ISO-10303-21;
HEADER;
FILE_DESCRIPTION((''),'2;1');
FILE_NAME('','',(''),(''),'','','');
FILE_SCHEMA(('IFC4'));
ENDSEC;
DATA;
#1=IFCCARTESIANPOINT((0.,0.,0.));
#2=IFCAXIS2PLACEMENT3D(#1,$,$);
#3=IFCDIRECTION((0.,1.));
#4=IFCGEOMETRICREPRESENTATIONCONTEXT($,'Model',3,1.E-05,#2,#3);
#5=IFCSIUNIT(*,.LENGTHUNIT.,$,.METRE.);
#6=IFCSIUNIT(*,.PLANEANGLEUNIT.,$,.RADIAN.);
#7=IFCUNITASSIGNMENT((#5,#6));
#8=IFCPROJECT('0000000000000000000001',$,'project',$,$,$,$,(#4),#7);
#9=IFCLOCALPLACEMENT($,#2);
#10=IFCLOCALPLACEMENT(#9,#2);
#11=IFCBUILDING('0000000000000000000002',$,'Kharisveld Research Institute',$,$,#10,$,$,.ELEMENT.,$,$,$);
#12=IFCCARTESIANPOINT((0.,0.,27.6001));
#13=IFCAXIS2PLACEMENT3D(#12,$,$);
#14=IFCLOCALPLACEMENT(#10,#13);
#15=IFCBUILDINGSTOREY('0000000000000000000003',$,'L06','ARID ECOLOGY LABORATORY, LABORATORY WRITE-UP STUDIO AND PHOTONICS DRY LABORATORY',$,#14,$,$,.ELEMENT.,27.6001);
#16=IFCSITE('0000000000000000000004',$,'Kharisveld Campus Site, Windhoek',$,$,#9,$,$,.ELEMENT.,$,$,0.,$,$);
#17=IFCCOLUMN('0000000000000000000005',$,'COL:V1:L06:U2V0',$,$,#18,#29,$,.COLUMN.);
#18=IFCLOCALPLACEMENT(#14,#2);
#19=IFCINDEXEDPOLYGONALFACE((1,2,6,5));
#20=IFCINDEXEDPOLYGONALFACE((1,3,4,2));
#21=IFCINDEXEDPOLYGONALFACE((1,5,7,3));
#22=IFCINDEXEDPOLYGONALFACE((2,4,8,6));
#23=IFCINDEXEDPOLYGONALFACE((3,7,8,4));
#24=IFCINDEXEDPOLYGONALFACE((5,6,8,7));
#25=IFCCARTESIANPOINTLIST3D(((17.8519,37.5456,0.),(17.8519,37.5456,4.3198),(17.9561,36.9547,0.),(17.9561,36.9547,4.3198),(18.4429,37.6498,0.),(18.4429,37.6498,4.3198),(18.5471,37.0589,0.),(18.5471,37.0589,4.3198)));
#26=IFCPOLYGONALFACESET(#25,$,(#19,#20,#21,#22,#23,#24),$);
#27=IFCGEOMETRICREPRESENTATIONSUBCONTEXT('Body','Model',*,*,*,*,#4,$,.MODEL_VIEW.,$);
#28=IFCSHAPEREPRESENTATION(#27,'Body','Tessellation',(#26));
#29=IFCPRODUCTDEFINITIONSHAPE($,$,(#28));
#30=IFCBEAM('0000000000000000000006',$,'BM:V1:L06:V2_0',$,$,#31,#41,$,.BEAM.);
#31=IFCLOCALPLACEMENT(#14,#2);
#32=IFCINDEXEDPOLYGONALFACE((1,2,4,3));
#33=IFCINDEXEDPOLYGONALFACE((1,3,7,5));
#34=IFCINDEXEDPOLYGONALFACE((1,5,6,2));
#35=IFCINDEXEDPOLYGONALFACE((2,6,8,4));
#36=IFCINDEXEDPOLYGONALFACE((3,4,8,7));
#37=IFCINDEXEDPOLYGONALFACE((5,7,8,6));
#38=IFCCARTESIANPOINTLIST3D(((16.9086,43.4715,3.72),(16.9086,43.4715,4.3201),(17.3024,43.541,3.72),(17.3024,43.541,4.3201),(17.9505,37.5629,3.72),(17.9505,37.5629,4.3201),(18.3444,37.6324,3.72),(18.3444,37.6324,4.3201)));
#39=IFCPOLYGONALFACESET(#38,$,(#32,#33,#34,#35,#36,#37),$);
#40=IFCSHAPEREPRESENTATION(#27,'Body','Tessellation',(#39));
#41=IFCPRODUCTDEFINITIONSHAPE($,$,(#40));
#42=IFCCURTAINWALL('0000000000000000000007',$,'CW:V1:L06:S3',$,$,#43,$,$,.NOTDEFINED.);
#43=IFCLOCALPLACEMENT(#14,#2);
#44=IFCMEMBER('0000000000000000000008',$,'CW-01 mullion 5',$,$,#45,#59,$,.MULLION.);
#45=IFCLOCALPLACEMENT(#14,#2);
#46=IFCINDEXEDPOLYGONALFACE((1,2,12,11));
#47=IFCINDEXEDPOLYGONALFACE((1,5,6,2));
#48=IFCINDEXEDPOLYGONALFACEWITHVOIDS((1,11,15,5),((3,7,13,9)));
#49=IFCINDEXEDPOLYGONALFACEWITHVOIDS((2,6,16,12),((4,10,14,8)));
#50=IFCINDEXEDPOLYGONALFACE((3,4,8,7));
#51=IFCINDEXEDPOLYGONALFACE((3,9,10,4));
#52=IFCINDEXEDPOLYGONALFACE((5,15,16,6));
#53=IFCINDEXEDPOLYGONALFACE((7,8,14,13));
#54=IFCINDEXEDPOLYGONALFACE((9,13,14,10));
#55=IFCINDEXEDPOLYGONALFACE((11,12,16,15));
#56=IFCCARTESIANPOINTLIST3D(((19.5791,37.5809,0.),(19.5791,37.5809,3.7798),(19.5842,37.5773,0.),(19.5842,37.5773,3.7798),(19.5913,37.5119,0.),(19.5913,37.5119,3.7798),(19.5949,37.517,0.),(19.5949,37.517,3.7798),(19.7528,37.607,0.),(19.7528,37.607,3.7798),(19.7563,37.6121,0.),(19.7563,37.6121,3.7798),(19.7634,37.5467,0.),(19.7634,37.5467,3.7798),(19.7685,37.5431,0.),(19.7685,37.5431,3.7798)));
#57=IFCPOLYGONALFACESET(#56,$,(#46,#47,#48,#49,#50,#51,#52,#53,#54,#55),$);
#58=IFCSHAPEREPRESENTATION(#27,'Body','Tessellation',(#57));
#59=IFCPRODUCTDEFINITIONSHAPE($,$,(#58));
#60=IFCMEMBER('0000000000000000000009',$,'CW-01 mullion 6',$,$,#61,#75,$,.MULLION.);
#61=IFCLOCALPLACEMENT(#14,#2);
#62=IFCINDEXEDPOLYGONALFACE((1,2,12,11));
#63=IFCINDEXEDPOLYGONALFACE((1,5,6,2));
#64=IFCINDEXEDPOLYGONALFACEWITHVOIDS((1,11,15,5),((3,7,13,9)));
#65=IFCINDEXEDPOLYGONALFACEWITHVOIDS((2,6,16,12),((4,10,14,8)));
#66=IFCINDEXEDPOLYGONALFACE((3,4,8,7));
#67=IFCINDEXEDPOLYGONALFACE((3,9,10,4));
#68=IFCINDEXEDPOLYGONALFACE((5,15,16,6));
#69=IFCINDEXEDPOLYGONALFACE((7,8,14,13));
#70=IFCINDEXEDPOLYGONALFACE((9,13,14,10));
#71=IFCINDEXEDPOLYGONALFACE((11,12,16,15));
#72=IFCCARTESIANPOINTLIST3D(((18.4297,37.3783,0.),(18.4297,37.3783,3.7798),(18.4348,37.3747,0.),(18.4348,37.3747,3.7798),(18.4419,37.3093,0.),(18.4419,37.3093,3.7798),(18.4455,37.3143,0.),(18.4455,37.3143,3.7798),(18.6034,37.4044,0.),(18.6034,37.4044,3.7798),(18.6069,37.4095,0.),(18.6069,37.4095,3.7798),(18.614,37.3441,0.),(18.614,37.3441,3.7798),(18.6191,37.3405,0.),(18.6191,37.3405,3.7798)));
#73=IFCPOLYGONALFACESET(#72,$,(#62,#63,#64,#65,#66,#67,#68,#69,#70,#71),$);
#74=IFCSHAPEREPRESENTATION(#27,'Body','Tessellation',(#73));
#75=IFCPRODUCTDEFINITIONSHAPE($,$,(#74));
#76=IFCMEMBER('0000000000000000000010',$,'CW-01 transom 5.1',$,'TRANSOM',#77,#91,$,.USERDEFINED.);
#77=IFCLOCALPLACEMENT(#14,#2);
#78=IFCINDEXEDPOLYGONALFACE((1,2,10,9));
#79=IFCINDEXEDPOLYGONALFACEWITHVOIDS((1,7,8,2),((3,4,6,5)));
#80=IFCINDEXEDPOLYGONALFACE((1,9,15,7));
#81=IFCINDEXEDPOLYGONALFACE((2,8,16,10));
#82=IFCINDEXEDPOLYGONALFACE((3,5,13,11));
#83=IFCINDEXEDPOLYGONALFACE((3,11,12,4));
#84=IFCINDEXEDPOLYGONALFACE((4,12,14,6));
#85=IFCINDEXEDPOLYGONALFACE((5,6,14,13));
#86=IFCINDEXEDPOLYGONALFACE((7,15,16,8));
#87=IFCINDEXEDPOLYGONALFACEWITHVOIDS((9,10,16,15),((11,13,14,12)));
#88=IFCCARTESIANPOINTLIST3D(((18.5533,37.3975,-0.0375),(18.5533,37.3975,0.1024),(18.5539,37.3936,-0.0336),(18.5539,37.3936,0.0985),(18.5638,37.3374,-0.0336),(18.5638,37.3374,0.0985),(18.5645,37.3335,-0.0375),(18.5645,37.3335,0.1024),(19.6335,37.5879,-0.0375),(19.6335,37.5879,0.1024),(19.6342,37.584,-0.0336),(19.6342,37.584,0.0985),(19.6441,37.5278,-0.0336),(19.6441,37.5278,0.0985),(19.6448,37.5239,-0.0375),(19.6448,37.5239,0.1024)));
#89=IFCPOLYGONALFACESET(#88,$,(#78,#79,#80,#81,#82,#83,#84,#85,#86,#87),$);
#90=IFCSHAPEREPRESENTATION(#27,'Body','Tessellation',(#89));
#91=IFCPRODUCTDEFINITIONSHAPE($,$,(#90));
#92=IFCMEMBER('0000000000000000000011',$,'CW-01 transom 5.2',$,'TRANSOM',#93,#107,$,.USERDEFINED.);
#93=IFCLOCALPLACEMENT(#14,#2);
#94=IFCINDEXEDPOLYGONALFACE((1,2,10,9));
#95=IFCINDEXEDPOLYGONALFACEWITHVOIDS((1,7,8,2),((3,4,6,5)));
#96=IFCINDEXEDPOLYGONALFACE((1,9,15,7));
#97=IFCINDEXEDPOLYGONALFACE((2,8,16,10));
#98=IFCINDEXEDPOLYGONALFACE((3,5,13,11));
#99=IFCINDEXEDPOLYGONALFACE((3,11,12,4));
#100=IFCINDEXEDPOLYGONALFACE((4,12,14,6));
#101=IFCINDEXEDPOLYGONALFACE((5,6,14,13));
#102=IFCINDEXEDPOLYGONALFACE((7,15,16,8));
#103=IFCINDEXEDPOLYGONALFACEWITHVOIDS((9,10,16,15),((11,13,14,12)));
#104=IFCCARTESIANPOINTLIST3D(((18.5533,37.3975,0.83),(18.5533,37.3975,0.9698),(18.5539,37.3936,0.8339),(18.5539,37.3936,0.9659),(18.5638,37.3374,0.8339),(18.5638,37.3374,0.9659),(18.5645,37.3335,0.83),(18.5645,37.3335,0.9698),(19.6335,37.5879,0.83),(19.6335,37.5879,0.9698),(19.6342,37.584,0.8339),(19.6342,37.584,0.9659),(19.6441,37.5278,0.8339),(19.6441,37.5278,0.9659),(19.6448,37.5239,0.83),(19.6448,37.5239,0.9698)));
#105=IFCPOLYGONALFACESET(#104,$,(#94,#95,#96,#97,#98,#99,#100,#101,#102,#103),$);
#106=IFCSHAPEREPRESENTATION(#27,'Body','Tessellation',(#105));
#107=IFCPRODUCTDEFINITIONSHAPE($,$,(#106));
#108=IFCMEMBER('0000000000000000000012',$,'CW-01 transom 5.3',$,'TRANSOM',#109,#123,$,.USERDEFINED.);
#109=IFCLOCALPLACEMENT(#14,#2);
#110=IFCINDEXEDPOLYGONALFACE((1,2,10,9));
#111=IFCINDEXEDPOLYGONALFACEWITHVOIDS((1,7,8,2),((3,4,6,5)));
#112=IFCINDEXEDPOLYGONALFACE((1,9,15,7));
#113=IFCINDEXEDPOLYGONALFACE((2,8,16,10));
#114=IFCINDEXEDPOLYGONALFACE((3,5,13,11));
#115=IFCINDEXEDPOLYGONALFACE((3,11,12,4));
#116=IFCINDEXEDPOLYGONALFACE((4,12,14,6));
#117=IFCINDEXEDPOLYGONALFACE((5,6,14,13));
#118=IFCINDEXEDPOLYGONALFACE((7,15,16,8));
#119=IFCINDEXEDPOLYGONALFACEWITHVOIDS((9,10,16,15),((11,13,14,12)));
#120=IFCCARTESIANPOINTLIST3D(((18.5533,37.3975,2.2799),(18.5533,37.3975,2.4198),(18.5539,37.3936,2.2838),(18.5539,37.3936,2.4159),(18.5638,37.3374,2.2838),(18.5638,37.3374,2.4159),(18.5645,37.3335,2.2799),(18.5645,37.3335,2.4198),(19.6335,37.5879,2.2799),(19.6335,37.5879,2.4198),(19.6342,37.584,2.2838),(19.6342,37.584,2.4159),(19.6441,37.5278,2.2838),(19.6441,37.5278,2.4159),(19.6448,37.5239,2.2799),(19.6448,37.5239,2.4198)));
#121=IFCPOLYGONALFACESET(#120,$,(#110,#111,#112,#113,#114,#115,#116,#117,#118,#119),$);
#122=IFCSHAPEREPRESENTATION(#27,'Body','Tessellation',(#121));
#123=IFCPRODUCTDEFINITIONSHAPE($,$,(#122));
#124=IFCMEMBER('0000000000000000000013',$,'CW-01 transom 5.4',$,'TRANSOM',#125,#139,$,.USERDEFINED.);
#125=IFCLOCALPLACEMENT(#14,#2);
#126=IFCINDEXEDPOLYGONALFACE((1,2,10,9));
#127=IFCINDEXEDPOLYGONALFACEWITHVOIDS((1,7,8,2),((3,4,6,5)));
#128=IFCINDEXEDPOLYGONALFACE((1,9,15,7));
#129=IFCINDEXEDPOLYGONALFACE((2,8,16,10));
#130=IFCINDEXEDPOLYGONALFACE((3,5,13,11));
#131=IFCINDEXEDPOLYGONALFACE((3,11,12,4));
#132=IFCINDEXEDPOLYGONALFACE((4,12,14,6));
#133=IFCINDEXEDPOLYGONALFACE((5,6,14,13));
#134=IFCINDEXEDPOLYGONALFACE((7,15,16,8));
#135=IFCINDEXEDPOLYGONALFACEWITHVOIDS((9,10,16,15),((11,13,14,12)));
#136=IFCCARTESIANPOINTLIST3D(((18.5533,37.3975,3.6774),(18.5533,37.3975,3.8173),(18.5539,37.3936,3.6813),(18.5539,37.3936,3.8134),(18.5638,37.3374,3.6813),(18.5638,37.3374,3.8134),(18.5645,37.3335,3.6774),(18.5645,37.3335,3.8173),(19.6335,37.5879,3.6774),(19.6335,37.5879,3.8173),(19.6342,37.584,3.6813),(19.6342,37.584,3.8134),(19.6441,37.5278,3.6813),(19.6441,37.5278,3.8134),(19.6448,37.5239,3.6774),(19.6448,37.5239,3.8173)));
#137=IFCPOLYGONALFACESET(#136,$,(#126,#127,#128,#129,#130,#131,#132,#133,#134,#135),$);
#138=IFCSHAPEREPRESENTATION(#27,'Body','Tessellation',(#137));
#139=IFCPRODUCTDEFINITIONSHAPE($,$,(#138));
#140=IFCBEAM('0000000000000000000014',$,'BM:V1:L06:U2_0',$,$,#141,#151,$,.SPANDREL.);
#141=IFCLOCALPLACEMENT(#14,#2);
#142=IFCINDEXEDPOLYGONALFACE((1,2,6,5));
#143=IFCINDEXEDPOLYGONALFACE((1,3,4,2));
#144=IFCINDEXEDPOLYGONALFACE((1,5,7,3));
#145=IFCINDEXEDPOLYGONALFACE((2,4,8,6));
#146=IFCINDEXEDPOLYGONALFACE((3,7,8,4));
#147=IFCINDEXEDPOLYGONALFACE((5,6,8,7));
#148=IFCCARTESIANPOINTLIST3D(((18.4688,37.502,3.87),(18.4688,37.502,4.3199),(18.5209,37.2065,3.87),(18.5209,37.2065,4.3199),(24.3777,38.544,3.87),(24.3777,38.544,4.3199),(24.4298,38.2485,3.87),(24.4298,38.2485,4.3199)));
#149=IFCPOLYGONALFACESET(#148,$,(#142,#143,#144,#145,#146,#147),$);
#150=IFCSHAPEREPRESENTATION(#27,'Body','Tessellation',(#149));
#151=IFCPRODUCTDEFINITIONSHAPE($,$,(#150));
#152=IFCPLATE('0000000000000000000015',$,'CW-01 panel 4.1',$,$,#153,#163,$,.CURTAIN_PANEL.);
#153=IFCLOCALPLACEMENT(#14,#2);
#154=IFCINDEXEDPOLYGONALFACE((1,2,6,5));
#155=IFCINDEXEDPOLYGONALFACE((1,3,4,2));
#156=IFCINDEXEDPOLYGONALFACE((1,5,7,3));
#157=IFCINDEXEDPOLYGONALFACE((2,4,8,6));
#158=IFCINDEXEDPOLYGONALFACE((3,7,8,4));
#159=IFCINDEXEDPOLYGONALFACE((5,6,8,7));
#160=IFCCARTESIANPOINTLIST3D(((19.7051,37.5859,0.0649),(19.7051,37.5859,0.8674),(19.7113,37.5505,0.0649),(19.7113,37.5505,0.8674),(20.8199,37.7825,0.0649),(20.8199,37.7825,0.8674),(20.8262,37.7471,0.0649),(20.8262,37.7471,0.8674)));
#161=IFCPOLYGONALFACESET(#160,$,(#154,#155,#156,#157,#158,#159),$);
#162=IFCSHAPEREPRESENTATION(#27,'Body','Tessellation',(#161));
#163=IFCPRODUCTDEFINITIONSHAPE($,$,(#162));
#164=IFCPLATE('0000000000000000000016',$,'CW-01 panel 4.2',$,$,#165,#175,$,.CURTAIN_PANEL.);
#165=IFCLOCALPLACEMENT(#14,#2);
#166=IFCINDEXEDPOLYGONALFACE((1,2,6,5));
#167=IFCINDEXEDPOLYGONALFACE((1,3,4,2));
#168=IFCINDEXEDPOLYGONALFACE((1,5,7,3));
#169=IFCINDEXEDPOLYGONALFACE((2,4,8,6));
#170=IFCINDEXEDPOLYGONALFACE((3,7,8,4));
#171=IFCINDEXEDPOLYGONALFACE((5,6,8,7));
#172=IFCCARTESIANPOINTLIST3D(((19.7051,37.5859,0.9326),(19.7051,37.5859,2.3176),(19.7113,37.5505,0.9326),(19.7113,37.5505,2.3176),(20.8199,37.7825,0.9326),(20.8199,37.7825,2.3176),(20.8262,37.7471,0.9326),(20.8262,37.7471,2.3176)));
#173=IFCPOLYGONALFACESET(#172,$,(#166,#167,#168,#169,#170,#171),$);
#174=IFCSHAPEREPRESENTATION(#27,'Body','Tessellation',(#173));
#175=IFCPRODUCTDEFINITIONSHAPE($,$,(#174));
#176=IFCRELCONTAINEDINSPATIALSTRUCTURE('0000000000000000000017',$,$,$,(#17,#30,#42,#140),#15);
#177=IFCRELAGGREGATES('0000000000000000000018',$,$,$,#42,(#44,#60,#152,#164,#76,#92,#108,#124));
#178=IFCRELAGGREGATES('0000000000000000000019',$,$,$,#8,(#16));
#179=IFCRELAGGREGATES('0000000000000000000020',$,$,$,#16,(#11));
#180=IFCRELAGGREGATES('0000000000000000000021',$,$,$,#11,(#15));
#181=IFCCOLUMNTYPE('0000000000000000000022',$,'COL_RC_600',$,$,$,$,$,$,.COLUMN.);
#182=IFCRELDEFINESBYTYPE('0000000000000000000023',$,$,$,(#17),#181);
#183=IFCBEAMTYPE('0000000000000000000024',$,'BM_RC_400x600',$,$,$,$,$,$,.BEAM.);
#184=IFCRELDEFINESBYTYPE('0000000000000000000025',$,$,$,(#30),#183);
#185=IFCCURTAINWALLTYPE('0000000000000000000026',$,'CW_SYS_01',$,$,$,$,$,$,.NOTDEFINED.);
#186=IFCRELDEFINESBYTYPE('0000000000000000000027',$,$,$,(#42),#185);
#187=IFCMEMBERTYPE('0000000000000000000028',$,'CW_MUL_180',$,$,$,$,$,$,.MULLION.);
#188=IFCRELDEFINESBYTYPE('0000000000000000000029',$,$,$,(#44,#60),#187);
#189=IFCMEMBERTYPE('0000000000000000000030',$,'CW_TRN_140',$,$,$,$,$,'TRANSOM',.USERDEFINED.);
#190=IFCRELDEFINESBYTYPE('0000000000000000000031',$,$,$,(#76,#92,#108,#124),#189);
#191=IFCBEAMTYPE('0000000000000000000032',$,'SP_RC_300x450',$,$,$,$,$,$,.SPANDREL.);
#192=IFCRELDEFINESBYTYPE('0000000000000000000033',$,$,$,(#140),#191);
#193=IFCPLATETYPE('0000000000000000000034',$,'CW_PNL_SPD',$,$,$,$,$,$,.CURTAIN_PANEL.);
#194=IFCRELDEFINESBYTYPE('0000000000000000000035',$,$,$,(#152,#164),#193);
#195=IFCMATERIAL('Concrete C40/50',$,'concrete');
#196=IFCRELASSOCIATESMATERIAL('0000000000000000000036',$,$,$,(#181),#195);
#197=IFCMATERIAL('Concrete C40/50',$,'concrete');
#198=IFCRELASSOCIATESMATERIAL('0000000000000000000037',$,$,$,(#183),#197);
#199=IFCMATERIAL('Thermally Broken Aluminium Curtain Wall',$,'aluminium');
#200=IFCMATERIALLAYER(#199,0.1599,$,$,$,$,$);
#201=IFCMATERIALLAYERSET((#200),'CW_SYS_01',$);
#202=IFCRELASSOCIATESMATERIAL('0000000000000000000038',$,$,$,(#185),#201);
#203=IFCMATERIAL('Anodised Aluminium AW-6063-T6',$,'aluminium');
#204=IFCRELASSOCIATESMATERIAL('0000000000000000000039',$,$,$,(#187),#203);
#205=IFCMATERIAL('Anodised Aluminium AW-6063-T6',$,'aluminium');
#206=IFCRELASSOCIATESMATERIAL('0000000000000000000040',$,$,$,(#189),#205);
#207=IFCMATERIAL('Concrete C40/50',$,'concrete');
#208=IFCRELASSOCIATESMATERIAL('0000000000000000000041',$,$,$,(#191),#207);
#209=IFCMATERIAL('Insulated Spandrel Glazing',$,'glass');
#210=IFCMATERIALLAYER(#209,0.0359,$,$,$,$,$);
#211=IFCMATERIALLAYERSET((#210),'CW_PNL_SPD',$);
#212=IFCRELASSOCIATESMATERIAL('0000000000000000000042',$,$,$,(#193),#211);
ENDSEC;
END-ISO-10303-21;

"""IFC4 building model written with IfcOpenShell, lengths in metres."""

from ifc_helpers import new_model, si_unit, direction, frame, origin, origin_2d, place, context, subcontext, project, spatial, rectangle, hollow_rectangle, extrude, material, layer, layer_set, material_profile, profile_set, type_object, element, aggregate, save


model = new_model("IFC4")

# Units and contexts
model_context = context("Model", 3, precision=1e-05, world=origin(), true_north=direction((0.0, 1.0)))
body_context = subcontext(model_context, "Body", "Model", "MODEL_VIEW")
ifc_project = project(units=[si_unit("LENGTHUNIT", "METRE"), si_unit("PLANEANGLEUNIT", "RADIAN")], contexts=[model_context])

# Site, building, storey
site_placement = place(None, origin())
site = spatial("IfcSite", under=ifc_project, at=site_placement, Name="Kharisveld Campus Site, Windhoek", CompositionType="ELEMENT", RefElevation=0.0)
building_placement = place(site_placement, origin())
building = spatial("IfcBuilding", under=site, at=building_placement, Name="Kharisveld Research Institute", CompositionType="ELEMENT")
storey_placement = place(building_placement, frame((0.0, 0.0, 27.6001)))
storey = spatial("IfcBuildingStorey", under=building, at=storey_placement, Name="L06", Description="ARID ECOLOGY LABORATORY, LABORATORY WRITE-UP STUDIO AND PHOTONICS DRY LABORATORY", CompositionType="ELEMENT", Elevation=27.6001)

# Column
ifc_material_1 = material(Name="Concrete C40/50", Category="concrete")
ifc_material_profile_1 = material_profile(ifc_material_1, rectangle(XDim=0.6001, YDim=0.6001, at=origin_2d()))
ifc_profile_set_1 = profile_set([ifc_material_profile_1], Name="Concrete C40/50")
column_type = type_object("IfcColumnType", Name="COL_RC_600", PredefinedType="COLUMN", material=ifc_profile_set_1)
column_placement = place(storey_placement, frame((18.1995, 37.3022, 0.0), z_axis=(0.0, 0.0, 1.0), x_axis=(0.984808, 0.173648, 0.0)))
element("IfcColumn", 1, at=column_placement, inside=storey, type_object=column_type, Name="COL:V1:L06:U2V0", PredefinedType="COLUMN", context=body_context, shape_type="SweptSolid", body=[
    extrude(rectangle(XDim=0.6001, YDim=0.6001, at=origin_2d()), origin(), (0.0, 0.0, 1.0), 4.3198),
])

# Beam
ifc_material_2 = material(Name="Concrete C40/50", Category="concrete")
ifc_material_profile_2 = material_profile(ifc_material_2, rectangle(XDim=0.3999, YDim=0.6001, at=origin_2d()))
ifc_profile_set_2 = profile_set([ifc_material_profile_2], Name="Concrete C40/50")
beam_type_1 = type_object("IfcBeamType", Name="BM_RC_400x600", PredefinedType="BEAM", material=ifc_profile_set_2)
beam_1_placement = place(storey_placement, frame((18.1475, 37.5977, 4.02), z_axis=(-0.173669, 0.984804, 0.0), x_axis=(-0.984804, -0.173669, 0.0)))
element("IfcBeam", 2, at=beam_1_placement, inside=storey, type_object=beam_type_1, Name="BM:V1:L06:V2_0", PredefinedType="BEAM", context=body_context, shape_type="SweptSolid", body=[
    extrude(rectangle(XDim=0.3999, YDim=0.6001, at=origin_2d()), origin(), (0.0, 0.0, 1.0), 5.9998),
])

# Curtain wall, members
ifc_material_3 = material(Name="Thermally Broken Aluminium Curtain Wall", Category="aluminium")
ifc_layer_1 = layer(ifc_material_3, 0.1599)
ifc_layer_set_1 = layer_set([ifc_layer_1], Name="CW_SYS_01")
curtain_wall_type = type_object("IfcCurtainWallType", Name="CW_SYS_01", PredefinedType="NOTDEFINED", material=ifc_layer_set_1)
curtain_wall_placement = place(storey_placement, origin())
curtain_wall = element("IfcCurtainWall", 3, at=curtain_wall_placement, inside=storey, type_object=curtain_wall_type, Name="CW:V1:L06:S3", PredefinedType="NOTDEFINED")
ifc_material_4 = material(Name="Anodised Aluminium AW-6063-T6", Category="aluminium")
ifc_material_profile_3 = material_profile(ifc_material_4, hollow_rectangle(XDim=0.0701, YDim=0.1799, WallThickness=0.0044, at=origin_2d()))
ifc_profile_set_3 = profile_set([ifc_material_profile_3], Name="Anodised Aluminium AW-6063-T6")
member_type_1 = type_object("IfcMemberType", Name="CW_MUL_180", PredefinedType="MULLION", material=ifc_profile_set_3)
member_1_placement = place(storey_placement, frame((19.6738, 37.562, 0.0), z_axis=(0.0, 0.0, 1.0), x_axis=(0.173648, -0.984808, 0.0)))
member_1 = element("IfcMember", 4, at=member_1_placement, type_object=member_type_1, Name="CW-01 mullion 5", PredefinedType="MULLION", context=body_context, shape_type="SweptSolid", body=[
    extrude(hollow_rectangle(XDim=0.0701, YDim=0.1799, WallThickness=0.0044, at=origin_2d()), origin(), (0.0, 0.0, 1.0), 3.7798),
])
member_2_placement = place(storey_placement, frame((18.5244, 37.3594, 0.0), z_axis=(0.0, 0.0, 1.0), x_axis=(0.173648, -0.984808, 0.0)))
member_2 = element("IfcMember", 5, at=member_2_placement, type_object=member_type_1, Name="CW-01 mullion 6", PredefinedType="MULLION", context=body_context, shape_type="SweptSolid", body=[
    extrude(hollow_rectangle(XDim=0.0701, YDim=0.1799, WallThickness=0.0044, at=origin_2d()), origin(), (0.0, 0.0, 1.0), 3.7798),
])
ifc_material_5 = material(Name="Anodised Aluminium AW-6063-T6", Category="aluminium")
ifc_material_profile_4 = material_profile(ifc_material_5, hollow_rectangle(XDim=0.0649, YDim=0.1399, WallThickness=0.0039, at=origin_2d()))
ifc_profile_set_4 = profile_set([ifc_material_profile_4], Name="Anodised Aluminium AW-6063-T6")
member_type_2 = type_object("IfcMemberType", Name="CW_TRN_140", ElementType="TRANSOM", PredefinedType="USERDEFINED", material=ifc_profile_set_4)
member_3_placement = place(storey_placement, frame((19.6392, 37.5559, 0.0325), z_axis=(-0.984817, -0.173595, 0.0), x_axis=(0.173595, -0.984817, 0.0)))
member_3 = element("IfcMember", 6, at=member_3_placement, type_object=member_type_2, Name="CW-01 transom 5.1", ObjectType="TRANSOM", PredefinedType="USERDEFINED", context=body_context, shape_type="SweptSolid", body=[
    extrude(hollow_rectangle(XDim=0.0649, YDim=0.1399, WallThickness=0.0039, at=origin_2d()), origin(), (0.0, 0.0, 1.0), 1.0969),
])
member_4_placement = place(storey_placement, frame((19.6392, 37.5559, 0.8999), z_axis=(-0.984817, -0.173595, 0.0), x_axis=(0.173595, -0.984817, 0.0)))
member_4 = element("IfcMember", 7, at=member_4_placement, type_object=member_type_2, Name="CW-01 transom 5.2", ObjectType="TRANSOM", PredefinedType="USERDEFINED", context=body_context, shape_type="SweptSolid", body=[
    extrude(hollow_rectangle(XDim=0.0649, YDim=0.1399, WallThickness=0.0039, at=origin_2d()), origin(), (0.0, 0.0, 1.0), 1.0969),
])
member_5_placement = place(storey_placement, frame((19.6392, 37.5559, 2.3499), z_axis=(-0.984817, -0.173595, 0.0), x_axis=(0.173595, -0.984817, 0.0)))
member_5 = element("IfcMember", 8, at=member_5_placement, type_object=member_type_2, Name="CW-01 transom 5.3", ObjectType="TRANSOM", PredefinedType="USERDEFINED", context=body_context, shape_type="SweptSolid", body=[
    extrude(hollow_rectangle(XDim=0.0649, YDim=0.1399, WallThickness=0.0039, at=origin_2d()), origin(), (0.0, 0.0, 1.0), 1.0969),
])
member_6_placement = place(storey_placement, frame((19.6392, 37.5559, 3.7473), z_axis=(-0.984817, -0.173595, 0.0), x_axis=(0.173595, -0.984817, 0.0)))
member_6 = element("IfcMember", 9, at=member_6_placement, type_object=member_type_2, Name="CW-01 transom 5.4", ObjectType="TRANSOM", PredefinedType="USERDEFINED", context=body_context, shape_type="SweptSolid", body=[
    extrude(hollow_rectangle(XDim=0.0649, YDim=0.1399, WallThickness=0.0039, at=origin_2d()), origin(), (0.0, 0.0, 1.0), 1.0969),
])

# Beam
ifc_material_6 = material(Name="Concrete C40/50", Category="concrete")
ifc_material_profile_5 = material_profile(ifc_material_6, rectangle(XDim=0.3, YDim=0.45, at=origin_2d()))
ifc_profile_set_5 = profile_set([ifc_material_profile_5], Name="Concrete C40/50")
beam_type_2 = type_object("IfcBeamType", Name="SP_RC_300x450", PredefinedType="SPANDREL", material=ifc_profile_set_5)
beam_2_placement = place(storey_placement, frame((18.4949, 37.3542, 4.095), z_axis=(0.984805, 0.173662, 0.0), x_axis=(-0.173662, 0.984805, 0.0)))
element("IfcBeam", 10, at=beam_2_placement, inside=storey, type_object=beam_type_2, Name="BM:V1:L06:U2_0", PredefinedType="SPANDREL", context=body_context, shape_type="SweptSolid", body=[
    extrude(rectangle(XDim=0.3, YDim=0.45, at=origin_2d()), origin(), (0.0, 0.0, 1.0), 6.0),
])

# Plates
ifc_material_7 = material(Name="Insulated Spandrel Glazing", Category="glass")
ifc_layer_2 = layer(ifc_material_7, 0.0359)
ifc_layer_set_2 = layer_set([ifc_layer_2], Name="CW_PNL_SPD")
plate_type = type_object("IfcPlateType", Name="CW_PNL_SPD", PredefinedType="CURTAIN_PANEL", material=ifc_layer_set_2)
plate_1_placement = place(storey_placement, frame((20.2656, 37.6665, 0.0649), z_axis=(0.0, 0.0, 1.0), x_axis=(-0.984808, -0.173648, 0.0)))
plate_1 = element("IfcPlate", 11, at=plate_1_placement, type_object=plate_type, Name="CW-01 panel 4.1", PredefinedType="CURTAIN_PANEL", context=body_context, shape_type="SweptSolid", body=[
    extrude(rectangle(XDim=1.1321, YDim=0.0359, at=origin_2d()), origin(), (0.0, 0.0, 1.0), 0.8025),
])
plate_2_placement = place(storey_placement, frame((20.2656, 37.6665, 0.9326), z_axis=(0.0, 0.0, 1.0), x_axis=(-0.984808, -0.173648, 0.0)))
plate_2 = element("IfcPlate", 12, at=plate_2_placement, type_object=plate_type, Name="CW-01 panel 4.2", PredefinedType="CURTAIN_PANEL", context=body_context, shape_type="SweptSolid", body=[
    extrude(rectangle(XDim=1.1321, YDim=0.0359, at=origin_2d()), origin(), (0.0, 0.0, 1.0), 1.385),
])
aggregate(curtain_wall, [member_1, member_2, plate_1, plate_2, member_3, member_4, member_5, member_6])

save(model, "model.ifc")
